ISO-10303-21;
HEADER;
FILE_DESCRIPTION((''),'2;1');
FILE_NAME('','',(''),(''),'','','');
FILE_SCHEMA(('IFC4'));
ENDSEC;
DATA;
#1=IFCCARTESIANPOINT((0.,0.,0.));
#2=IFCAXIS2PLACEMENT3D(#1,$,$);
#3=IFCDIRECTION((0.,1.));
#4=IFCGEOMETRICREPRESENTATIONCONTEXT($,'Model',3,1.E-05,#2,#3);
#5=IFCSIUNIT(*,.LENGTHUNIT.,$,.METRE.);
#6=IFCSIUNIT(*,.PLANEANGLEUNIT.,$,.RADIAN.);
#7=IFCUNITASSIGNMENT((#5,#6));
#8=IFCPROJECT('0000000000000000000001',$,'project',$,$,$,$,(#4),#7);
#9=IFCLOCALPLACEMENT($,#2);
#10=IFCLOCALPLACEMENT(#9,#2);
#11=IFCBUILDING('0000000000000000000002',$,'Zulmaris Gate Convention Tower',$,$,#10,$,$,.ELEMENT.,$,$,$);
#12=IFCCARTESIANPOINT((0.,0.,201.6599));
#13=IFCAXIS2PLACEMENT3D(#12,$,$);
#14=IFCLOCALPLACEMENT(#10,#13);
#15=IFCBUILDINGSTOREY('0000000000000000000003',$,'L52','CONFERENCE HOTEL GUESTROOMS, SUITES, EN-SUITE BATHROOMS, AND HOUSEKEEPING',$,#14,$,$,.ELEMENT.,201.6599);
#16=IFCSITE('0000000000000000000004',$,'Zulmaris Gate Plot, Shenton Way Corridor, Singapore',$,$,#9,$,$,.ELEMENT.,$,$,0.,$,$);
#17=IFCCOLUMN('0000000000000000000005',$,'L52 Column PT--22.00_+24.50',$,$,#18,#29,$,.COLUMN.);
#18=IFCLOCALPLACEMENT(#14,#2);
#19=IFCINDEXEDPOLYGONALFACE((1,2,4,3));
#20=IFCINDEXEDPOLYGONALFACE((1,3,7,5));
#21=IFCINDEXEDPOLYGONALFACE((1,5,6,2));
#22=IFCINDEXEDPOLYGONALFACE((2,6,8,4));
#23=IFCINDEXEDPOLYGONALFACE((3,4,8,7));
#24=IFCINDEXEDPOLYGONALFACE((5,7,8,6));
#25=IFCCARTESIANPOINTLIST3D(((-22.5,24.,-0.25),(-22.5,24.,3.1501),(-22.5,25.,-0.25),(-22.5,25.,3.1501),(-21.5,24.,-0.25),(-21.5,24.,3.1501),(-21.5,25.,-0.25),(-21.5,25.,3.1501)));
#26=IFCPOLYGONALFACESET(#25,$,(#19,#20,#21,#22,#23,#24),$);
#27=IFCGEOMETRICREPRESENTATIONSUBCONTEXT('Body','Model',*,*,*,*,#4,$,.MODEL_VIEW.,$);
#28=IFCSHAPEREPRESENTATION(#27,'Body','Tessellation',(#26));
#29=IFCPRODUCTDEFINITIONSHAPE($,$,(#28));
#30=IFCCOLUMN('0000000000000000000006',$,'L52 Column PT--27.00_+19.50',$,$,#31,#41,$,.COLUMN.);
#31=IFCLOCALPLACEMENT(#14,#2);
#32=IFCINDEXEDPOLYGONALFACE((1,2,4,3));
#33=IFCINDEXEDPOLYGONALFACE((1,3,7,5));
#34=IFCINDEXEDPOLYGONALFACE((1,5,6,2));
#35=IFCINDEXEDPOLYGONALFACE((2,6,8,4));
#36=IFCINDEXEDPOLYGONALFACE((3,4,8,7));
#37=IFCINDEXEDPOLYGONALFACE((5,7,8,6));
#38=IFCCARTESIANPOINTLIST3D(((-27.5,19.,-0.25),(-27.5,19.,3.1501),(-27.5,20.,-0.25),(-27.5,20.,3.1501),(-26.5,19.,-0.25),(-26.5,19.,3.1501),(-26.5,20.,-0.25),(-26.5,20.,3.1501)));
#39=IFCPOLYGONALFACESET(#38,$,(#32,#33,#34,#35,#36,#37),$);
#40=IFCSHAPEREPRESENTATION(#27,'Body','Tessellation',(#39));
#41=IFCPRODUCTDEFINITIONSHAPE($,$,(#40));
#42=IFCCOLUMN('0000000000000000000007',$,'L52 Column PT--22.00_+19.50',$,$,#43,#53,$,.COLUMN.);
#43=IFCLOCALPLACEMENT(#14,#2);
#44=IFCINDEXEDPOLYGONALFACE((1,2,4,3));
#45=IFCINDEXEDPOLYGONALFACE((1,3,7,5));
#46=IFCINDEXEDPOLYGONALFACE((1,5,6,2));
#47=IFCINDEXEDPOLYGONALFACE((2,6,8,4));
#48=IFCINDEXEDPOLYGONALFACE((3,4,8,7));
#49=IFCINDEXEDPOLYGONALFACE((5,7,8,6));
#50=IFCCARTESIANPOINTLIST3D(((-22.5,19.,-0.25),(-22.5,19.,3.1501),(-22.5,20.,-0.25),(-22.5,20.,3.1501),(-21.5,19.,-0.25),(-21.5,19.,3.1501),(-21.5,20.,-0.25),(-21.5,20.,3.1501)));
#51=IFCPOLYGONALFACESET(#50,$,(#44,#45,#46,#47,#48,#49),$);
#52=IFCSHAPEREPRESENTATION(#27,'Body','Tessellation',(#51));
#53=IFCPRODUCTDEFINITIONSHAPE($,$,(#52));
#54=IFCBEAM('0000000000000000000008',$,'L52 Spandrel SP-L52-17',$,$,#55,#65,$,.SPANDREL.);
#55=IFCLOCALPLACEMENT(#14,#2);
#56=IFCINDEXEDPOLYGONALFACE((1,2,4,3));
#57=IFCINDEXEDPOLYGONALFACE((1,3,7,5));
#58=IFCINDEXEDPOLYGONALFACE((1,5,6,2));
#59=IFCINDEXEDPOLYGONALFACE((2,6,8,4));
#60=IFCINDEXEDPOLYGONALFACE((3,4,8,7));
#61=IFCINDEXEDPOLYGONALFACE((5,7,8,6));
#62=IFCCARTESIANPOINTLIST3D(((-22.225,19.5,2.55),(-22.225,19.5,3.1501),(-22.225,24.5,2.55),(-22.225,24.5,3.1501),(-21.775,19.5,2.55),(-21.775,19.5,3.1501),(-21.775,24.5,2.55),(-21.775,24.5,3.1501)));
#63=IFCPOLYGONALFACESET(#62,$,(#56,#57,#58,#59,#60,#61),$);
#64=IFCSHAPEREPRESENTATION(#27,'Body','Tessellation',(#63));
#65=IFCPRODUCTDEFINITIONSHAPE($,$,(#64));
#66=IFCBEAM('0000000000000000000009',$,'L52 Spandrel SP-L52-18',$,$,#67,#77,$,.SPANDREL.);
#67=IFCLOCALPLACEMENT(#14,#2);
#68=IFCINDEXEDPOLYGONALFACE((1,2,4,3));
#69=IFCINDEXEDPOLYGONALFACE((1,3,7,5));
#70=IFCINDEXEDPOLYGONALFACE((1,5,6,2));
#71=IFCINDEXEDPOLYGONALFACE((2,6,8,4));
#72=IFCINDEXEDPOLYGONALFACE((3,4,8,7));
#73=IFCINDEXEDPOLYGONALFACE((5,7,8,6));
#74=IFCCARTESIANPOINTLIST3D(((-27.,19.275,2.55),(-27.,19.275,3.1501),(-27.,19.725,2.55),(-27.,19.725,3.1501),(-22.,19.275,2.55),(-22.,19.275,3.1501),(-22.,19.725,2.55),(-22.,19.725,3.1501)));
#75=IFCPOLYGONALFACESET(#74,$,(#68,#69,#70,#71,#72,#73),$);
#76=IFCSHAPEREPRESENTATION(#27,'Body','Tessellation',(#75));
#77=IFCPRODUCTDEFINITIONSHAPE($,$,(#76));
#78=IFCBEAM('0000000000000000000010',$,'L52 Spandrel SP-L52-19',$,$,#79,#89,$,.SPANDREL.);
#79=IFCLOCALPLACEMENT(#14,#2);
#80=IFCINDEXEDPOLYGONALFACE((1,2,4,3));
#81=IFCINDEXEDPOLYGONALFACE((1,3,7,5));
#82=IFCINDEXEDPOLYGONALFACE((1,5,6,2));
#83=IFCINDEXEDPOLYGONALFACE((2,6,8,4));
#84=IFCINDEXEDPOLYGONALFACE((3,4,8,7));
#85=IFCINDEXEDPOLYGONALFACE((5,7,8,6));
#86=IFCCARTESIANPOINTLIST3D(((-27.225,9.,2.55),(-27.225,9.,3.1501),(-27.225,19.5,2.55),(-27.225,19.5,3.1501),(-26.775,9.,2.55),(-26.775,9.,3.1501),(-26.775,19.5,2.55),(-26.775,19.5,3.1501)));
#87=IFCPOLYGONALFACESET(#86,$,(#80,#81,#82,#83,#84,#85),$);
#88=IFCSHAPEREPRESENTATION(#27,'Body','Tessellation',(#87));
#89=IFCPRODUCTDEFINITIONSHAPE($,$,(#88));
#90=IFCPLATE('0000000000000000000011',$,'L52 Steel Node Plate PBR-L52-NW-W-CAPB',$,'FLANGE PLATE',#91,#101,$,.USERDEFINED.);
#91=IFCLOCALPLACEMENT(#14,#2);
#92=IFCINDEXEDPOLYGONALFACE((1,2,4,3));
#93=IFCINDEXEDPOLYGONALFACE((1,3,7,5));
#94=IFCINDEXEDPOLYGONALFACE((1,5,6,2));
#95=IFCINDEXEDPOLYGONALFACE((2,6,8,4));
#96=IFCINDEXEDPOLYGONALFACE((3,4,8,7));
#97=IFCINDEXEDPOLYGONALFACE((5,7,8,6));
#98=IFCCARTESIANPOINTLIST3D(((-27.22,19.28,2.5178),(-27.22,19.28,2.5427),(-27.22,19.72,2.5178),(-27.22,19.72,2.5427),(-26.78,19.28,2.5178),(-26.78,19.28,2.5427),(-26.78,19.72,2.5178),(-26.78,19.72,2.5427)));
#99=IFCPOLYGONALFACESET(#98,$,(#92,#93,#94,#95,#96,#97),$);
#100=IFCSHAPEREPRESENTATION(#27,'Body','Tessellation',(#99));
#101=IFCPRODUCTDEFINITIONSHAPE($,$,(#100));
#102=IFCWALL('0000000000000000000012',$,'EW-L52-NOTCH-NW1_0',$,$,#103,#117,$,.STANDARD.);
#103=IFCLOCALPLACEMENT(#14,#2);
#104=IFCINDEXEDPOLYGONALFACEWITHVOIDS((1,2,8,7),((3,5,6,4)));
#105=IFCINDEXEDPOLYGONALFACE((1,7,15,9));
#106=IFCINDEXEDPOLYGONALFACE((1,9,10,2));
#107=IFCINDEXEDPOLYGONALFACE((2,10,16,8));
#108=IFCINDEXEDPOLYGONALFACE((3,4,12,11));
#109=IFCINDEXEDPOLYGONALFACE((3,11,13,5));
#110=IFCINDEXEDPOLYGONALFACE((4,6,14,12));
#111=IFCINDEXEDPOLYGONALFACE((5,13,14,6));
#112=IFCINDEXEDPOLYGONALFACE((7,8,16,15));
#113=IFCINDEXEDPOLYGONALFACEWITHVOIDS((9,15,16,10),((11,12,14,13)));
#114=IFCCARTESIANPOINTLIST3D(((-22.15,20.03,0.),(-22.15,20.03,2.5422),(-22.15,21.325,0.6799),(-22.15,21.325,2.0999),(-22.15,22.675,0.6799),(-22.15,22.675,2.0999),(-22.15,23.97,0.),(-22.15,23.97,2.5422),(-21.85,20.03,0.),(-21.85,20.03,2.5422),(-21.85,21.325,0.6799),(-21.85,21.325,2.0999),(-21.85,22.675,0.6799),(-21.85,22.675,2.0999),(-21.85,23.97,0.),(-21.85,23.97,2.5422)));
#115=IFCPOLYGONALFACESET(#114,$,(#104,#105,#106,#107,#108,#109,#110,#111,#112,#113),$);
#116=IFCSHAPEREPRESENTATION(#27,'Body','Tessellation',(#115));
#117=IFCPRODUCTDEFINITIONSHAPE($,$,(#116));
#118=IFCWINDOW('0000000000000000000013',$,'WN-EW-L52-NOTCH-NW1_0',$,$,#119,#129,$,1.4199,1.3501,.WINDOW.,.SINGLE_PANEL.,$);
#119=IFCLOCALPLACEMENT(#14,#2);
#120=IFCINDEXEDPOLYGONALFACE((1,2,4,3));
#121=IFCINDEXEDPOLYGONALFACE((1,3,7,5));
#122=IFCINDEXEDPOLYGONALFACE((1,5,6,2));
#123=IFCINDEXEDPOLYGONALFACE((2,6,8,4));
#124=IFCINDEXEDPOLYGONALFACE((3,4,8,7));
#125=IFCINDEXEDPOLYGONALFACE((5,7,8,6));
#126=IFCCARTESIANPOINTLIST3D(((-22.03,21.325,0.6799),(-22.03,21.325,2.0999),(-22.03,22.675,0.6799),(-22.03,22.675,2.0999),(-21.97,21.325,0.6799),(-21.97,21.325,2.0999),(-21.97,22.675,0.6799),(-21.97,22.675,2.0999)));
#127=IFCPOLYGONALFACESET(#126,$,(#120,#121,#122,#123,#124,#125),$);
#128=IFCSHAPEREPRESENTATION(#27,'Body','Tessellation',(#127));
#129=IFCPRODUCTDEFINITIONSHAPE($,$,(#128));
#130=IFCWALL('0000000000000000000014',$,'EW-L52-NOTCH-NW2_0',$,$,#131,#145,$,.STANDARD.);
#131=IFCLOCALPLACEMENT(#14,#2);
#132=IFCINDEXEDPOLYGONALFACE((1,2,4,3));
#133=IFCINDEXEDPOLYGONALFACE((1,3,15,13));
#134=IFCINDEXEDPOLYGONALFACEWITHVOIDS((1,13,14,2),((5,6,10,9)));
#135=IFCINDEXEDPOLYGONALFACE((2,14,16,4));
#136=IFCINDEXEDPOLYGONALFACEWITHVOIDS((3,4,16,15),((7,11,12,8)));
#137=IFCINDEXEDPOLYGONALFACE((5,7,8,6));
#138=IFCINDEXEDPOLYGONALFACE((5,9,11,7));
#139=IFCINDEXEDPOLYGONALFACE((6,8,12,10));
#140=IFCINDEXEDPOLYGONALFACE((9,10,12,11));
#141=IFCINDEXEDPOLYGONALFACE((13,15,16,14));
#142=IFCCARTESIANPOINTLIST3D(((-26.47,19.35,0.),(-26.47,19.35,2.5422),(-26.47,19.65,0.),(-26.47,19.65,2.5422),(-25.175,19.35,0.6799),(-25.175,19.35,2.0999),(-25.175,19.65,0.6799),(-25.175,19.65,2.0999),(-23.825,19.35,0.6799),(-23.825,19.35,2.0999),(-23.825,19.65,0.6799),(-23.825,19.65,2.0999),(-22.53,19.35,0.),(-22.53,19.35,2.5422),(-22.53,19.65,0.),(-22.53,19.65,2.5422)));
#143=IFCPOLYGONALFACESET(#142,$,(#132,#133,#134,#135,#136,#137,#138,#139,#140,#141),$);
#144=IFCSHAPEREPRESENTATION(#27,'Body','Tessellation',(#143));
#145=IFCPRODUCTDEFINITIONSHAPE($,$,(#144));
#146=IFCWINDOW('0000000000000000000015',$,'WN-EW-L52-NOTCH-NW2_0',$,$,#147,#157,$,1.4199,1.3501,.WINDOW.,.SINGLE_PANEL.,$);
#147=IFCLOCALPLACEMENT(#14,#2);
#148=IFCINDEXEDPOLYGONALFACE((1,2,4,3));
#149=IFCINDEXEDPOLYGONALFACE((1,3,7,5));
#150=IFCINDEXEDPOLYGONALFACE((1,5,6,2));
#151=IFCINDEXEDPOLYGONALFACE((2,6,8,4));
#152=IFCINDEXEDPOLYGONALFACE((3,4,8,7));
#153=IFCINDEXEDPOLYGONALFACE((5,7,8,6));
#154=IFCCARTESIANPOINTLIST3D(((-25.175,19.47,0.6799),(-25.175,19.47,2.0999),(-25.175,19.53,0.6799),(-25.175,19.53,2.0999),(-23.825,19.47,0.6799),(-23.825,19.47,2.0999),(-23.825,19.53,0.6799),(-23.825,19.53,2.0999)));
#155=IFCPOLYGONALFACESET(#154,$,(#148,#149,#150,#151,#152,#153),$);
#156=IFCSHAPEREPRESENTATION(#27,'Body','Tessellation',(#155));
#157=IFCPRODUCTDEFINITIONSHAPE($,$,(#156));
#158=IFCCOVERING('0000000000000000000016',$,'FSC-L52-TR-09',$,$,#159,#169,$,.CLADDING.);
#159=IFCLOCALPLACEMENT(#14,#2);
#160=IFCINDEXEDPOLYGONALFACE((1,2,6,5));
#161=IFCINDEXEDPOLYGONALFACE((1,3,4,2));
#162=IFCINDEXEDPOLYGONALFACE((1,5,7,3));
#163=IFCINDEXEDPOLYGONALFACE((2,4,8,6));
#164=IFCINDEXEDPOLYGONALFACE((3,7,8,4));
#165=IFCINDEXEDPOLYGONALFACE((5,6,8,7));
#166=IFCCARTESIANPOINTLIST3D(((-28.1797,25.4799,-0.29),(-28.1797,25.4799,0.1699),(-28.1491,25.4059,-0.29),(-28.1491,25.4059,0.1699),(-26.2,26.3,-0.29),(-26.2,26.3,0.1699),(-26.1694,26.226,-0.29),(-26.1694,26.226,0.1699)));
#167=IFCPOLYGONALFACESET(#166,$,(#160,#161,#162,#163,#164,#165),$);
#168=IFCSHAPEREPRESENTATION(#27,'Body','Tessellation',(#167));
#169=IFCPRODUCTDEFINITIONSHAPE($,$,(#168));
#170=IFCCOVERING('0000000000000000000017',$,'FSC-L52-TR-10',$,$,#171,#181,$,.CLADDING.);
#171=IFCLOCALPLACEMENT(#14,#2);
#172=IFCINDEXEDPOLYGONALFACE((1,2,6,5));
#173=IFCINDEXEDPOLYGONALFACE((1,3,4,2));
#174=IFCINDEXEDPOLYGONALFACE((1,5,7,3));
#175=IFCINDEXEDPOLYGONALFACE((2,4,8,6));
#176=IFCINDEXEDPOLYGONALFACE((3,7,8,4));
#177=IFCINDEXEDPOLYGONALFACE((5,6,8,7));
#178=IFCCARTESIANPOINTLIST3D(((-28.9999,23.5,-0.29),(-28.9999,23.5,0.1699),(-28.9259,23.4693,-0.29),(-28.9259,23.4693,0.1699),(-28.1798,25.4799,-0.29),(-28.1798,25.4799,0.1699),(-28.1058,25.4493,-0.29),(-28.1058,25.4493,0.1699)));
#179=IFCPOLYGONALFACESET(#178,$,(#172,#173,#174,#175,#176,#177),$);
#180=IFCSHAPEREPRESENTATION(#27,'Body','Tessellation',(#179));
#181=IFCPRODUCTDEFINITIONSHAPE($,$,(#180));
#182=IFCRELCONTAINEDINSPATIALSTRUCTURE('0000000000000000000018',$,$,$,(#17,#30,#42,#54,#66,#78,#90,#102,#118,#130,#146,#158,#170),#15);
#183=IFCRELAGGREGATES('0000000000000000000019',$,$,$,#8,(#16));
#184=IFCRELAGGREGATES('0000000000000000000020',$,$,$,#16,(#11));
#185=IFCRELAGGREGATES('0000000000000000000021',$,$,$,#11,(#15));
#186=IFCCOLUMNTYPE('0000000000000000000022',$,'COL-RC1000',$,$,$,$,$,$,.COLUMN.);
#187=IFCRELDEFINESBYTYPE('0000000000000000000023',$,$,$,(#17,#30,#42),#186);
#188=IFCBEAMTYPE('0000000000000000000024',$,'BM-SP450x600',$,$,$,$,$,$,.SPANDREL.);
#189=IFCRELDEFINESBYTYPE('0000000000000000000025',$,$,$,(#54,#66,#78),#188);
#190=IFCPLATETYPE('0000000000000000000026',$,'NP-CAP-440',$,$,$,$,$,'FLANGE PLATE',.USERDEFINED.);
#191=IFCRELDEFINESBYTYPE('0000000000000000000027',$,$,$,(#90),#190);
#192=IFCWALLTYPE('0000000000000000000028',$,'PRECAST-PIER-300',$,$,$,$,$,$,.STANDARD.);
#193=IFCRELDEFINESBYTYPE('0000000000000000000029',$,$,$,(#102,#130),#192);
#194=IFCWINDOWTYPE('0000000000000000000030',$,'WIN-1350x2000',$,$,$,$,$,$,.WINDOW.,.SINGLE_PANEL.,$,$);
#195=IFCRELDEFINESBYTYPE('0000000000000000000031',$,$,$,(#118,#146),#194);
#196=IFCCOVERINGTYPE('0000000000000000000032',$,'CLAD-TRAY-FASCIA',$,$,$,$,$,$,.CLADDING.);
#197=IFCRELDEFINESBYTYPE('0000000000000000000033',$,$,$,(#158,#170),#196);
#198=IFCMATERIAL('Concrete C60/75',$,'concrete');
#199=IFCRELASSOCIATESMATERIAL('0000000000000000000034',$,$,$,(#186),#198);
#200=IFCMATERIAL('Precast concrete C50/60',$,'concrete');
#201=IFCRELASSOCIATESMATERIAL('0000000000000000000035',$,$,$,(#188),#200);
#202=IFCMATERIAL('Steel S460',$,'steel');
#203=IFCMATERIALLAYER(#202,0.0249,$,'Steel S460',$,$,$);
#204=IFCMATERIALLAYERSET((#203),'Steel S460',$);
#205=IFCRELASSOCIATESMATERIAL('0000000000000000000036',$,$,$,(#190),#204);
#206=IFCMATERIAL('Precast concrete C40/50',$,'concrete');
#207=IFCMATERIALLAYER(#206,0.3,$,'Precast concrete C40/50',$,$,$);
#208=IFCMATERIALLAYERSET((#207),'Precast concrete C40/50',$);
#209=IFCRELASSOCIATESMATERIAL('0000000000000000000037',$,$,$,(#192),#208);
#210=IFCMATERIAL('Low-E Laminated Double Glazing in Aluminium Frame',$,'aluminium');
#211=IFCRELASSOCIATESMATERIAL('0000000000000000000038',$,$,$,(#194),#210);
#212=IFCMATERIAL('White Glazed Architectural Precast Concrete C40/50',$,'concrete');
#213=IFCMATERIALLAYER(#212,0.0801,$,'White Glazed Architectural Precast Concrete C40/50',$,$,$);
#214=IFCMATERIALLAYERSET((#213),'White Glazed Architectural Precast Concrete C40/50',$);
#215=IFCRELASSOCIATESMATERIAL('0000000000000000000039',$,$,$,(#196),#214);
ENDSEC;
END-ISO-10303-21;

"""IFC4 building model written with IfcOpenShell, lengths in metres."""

from ifc_helpers import new_model, si_unit, direction, frame, frame_2d, origin, origin_2d, place, context, subcontext, project, spatial, rectangle, extrude, material, layer, layer_set, material_profile, profile_set, type_object, element, fill, save


model = new_model("IFC4")

# Units and contexts
model_context = context("Model", 3, precision=1e-05, world=origin(), true_north=direction((0.0, 1.0)))
body_context = subcontext(model_context, "Body", "Model", "MODEL_VIEW")
ifc_project = project(units=[si_unit("LENGTHUNIT", "METRE"), si_unit("PLANEANGLEUNIT", "RADIAN")], contexts=[model_context])

# Site, building, storey
site_placement = place(None, origin())
site = spatial("IfcSite", under=ifc_project, at=site_placement, Name="Zulmaris Gate Plot, Shenton Way Corridor, Singapore", CompositionType="ELEMENT", RefElevation=0.0)
building_placement = place(site_placement, origin())
building = spatial("IfcBuilding", under=site, at=building_placement, Name="Zulmaris Gate Convention Tower", CompositionType="ELEMENT")
storey_placement = place(building_placement, frame((0.0, 0.0, 201.6599)))
storey = spatial("IfcBuildingStorey", under=building, at=storey_placement, Name="L52", Description="CONFERENCE HOTEL GUESTROOMS, SUITES, EN-SUITE BATHROOMS, AND HOUSEKEEPING", CompositionType="ELEMENT", Elevation=201.6599)

# Columns
ifc_material_1 = material(Name="Concrete C60/75", Category="concrete")
ifc_material_profile_1 = material_profile(ifc_material_1, rectangle(XDim=1.0, YDim=1.0, at=origin_2d()), Name="RC COL 1000x1000")
ifc_profile_set_1 = profile_set([ifc_material_profile_1], Name="Concrete C60/75")
column_type = type_object("IfcColumnType", Name="COL-RC1000", PredefinedType="COLUMN", material=ifc_profile_set_1)
for number, where, z_axis, x_axis, name in (
    (1, (-22.0, 24.5, -0.25), (0.0, 0.0, 1.0), (1.0, 0.0, 0.0), "L52 Column PT--22.00_+24.50"),
    (2, (-27.0, 19.5, -0.25), (0.0, 0.0, 1.0), (1.0, 0.0, 0.0), "L52 Column PT--27.00_+19.50"),
    (3, (-22.0, 19.5, -0.25), (0.0, 0.0, 1.0), (1.0, 0.0, 0.0), "L52 Column PT--22.00_+19.50"),
):
    element("IfcColumn", number, at=place(storey_placement, frame(where, z_axis=z_axis, x_axis=x_axis)), inside=storey, type_object=column_type, Name=name, PredefinedType="COLUMN", context=body_context, shape_type="SweptSolid", body=[
        extrude(rectangle(XDim=1.0, YDim=1.0, at=origin_2d()), origin(), (0.0, 0.0, 1.0), 3.4001),
    ])

# Beams
ifc_material_2 = material(Name="Precast concrete C50/60", Category="concrete")
ifc_material_profile_2 = material_profile(ifc_material_2, rectangle(XDim=0.45, YDim=0.6001, at=origin_2d()), Name="RC SPANDREL 450x600")
ifc_profile_set_2 = profile_set([ifc_material_profile_2], Name="Precast concrete C50/60")
beam_type = type_object("IfcBeamType", Name="BM-SP450x600", PredefinedType="SPANDREL", material=ifc_profile_set_2)
for number, where, z_axis, x_axis, name in (
    (4, (-22.0, 24.5, 2.8501), (0.0, -1.0, 0.0), (1.0, 0.0, 0.0), "L52 Spandrel SP-L52-17"),
    (5, (-22.0, 19.5, 2.8501), (-1.0, 0.0, 0.0), (0.0, -1.0, 0.0), "L52 Spandrel SP-L52-18"),
):
    element("IfcBeam", number, at=place(storey_placement, frame(where, z_axis=z_axis, x_axis=x_axis)), inside=storey, type_object=beam_type, Name=name, PredefinedType="SPANDREL", context=body_context, shape_type="SweptSolid", body=[
        extrude(rectangle(XDim=0.45, YDim=0.6001, at=origin_2d()), origin(), (0.0, 0.0, 1.0), 5.0),
    ])
beam_placement = place(storey_placement, frame((-27.0, 19.5, 2.8501), z_axis=(0.0, -1.0, 0.0), x_axis=(1.0, 0.0, 0.0)))
element("IfcBeam", 6, at=beam_placement, inside=storey, type_object=beam_type, Name="L52 Spandrel SP-L52-19", PredefinedType="SPANDREL", context=body_context, shape_type="SweptSolid", body=[
    extrude(rectangle(XDim=0.45, YDim=0.6001, at=origin_2d()), origin(), (0.0, 0.0, 1.0), 10.5),
])

# Plate
ifc_material_3 = material(Name="Steel S460", Category="steel")
ifc_layer_1 = layer(ifc_material_3, 0.0249, Name="Steel S460")
ifc_layer_set_1 = layer_set([ifc_layer_1], Name="Steel S460")
plate_type = type_object("IfcPlateType", Name="NP-CAP-440", ElementType="FLANGE PLATE", PredefinedType="USERDEFINED", material=ifc_layer_set_1)
plate_placement = place(storey_placement, frame((-27.0, 19.5, 2.5178), z_axis=(0.0, 0.0, 1.0), x_axis=(1.0, 0.0, 0.0)))
element("IfcPlate", 7, at=plate_placement, inside=storey, type_object=plate_type, Name="L52 Steel Node Plate PBR-L52-NW-W-CAPB", ObjectType="FLANGE PLATE", PredefinedType="USERDEFINED", context=body_context, shape_type="SweptSolid", body=[
    extrude(rectangle(XDim=0.4399, YDim=0.4399, at=origin_2d()), origin(), (0.0, 0.0, 1.0), 0.0249),
])

# Walls, openings, windows
ifc_material_4 = material(Name="Precast concrete C40/50", Category="concrete")
ifc_layer_2 = layer(ifc_material_4, 0.3, Name="Precast concrete C40/50")
ifc_layer_set_2 = layer_set([ifc_layer_2], Name="Precast concrete C40/50")
wall_type = type_object("IfcWallType", Name="PRECAST-PIER-300", PredefinedType="STANDARD", material=ifc_layer_set_2)
wall_1_placement = place(storey_placement, frame((-22.0, 23.97, 0.0), z_axis=(0.0, 0.0, 1.0), x_axis=(0.0, -1.0, 0.0)))
wall_1 = element("IfcWall", 8, at=wall_1_placement, inside=storey, type_object=wall_type, Name="EW-L52-NOTCH-NW1_0", PredefinedType="STANDARD", context=body_context, shape_type="SweptSolid", body=[
    extrude(rectangle(XDim=3.9399, YDim=0.3, at=frame_2d((1.97, 0.0))), origin(), (0.0, 0.0, 1.0), 2.5422),
])
opening_1_placement = place(wall_1_placement, frame((1.2949, 0.0, 0.6799)))
opening_1 = element("IfcOpeningElement", 9, at=opening_1_placement, cuts=wall_1, PredefinedType="OPENING", context=body_context, shape_type="SweptSolid", body=[
    extrude(rectangle(XDim=1.3501, YDim=1.4199, at=frame_2d((0.675, 0.71))), frame((0.0, 0.1602, 0.0), z_axis=(0.0, -1.0, 0.0), x_axis=(1.0, 0.0, 0.0)), (0.0, 0.0, 1.0), 0.3201),
])
ifc_material_5 = material(Name="Low-E Laminated Double Glazing in Aluminium Frame", Category="aluminium")
window_type = type_object("IfcWindowType", Name="WIN-1350x2000", PartitioningType="SINGLE_PANEL", PredefinedType="WINDOW", material=ifc_material_5)
window_1_placement = place(opening_1_placement, origin())
window_1 = element("IfcWindow", 10, at=window_1_placement, inside=storey, type_object=window_type, Name="WN-EW-L52-NOTCH-NW1_0", OverallHeight=1.4199, OverallWidth=1.3501, PartitioningType="SINGLE_PANEL", PredefinedType="WINDOW", context=body_context, shape_type="SweptSolid", body=[
    extrude(rectangle(XDim=1.3501, YDim=1.4199, at=frame_2d((0.675, 0.71))), frame((0.0, 0.03, 0.0), z_axis=(0.0, -1.0, 0.0), x_axis=(1.0, 0.0, 0.0)), (0.0, 0.0, 1.0), 0.0601),
])
fill(opening_1, window_1)
wall_2_placement = place(storey_placement, frame((-22.53, 19.5, 0.0), z_axis=(0.0, 0.0, 1.0), x_axis=(-1.0, 0.0, 0.0)))
wall_2 = element("IfcWall", 11, at=wall_2_placement, inside=storey, type_object=wall_type, Name="EW-L52-NOTCH-NW2_0", PredefinedType="STANDARD", context=body_context, shape_type="SweptSolid", body=[
    extrude(rectangle(XDim=3.9399, YDim=0.3, at=frame_2d((1.97, 0.0))), origin(), (0.0, 0.0, 1.0), 2.5422),
])
opening_2_placement = place(wall_2_placement, frame((1.2949, 0.0, 0.6799)))
opening_2 = element("IfcOpeningElement", 12, at=opening_2_placement, cuts=wall_2, PredefinedType="OPENING", context=body_context, shape_type="SweptSolid", body=[
    extrude(rectangle(XDim=1.3501, YDim=1.4199, at=frame_2d((0.675, 0.71))), frame((0.0, 0.1602, 0.0), z_axis=(0.0, -1.0, 0.0), x_axis=(1.0, 0.0, 0.0)), (0.0, 0.0, 1.0), 0.3201),
])
window_2_placement = place(opening_2_placement, origin())
window_2 = element("IfcWindow", 13, at=window_2_placement, inside=storey, type_object=window_type, Name="WN-EW-L52-NOTCH-NW2_0", OverallHeight=1.4199, OverallWidth=1.3501, PartitioningType="SINGLE_PANEL", PredefinedType="WINDOW", context=body_context, shape_type="SweptSolid", body=[
    extrude(rectangle(XDim=1.3501, YDim=1.4199, at=frame_2d((0.675, 0.71))), frame((0.0, 0.03, 0.0), z_axis=(0.0, -1.0, 0.0), x_axis=(1.0, 0.0, 0.0)), (0.0, 0.0, 1.0), 0.0601),
])
fill(opening_2, window_2)

# Coverings
ifc_material_6 = material(Name="White Glazed Architectural Precast Concrete C40/50", Category="concrete")
ifc_layer_3 = layer(ifc_material_6, 0.0801, Name="White Glazed Architectural Precast Concrete C40/50")
ifc_layer_set_3 = layer_set([ifc_layer_3], Name="White Glazed Architectural Precast Concrete C40/50")
covering_type = type_object("IfcCoveringType", Name="CLAD-TRAY-FASCIA", PredefinedType="CLADDING", material=ifc_layer_set_3)
covering_1_placement = place(storey_placement, frame((-26.1848, 26.2629, -0.29), z_axis=(0.0, 0.0, 1.0), x_axis=(-0.923874, -0.382697, 0.0)))
element("IfcCovering", 14, at=covering_1_placement, inside=storey, type_object=covering_type, Name="FSC-L52-TR-09", PredefinedType="CLADDING", context=body_context, shape_type="SweptSolid", body=[
    extrude(rectangle(XDim=2.1428, YDim=0.0801, at=frame_2d((1.0713, 0.0))), origin(), (0.0, 0.0, 1.0), 0.46),
])
covering_2_placement = place(storey_placement, frame((-28.1428, 25.4646, -0.29), z_axis=(0.0, 0.0, 1.0), x_axis=(-0.382657, -0.92389, 0.0)))
element("IfcCovering", 15, at=covering_2_placement, inside=storey, type_object=covering_type, Name="FSC-L52-TR-10", PredefinedType="CLADDING", context=body_context, shape_type="SweptSolid", body=[
    extrude(rectangle(XDim=2.1431, YDim=0.0801, at=frame_2d((1.0715, 0.0))), origin(), (0.0, 0.0, 1.0), 0.46),
])

save(model, "model.ifc")
